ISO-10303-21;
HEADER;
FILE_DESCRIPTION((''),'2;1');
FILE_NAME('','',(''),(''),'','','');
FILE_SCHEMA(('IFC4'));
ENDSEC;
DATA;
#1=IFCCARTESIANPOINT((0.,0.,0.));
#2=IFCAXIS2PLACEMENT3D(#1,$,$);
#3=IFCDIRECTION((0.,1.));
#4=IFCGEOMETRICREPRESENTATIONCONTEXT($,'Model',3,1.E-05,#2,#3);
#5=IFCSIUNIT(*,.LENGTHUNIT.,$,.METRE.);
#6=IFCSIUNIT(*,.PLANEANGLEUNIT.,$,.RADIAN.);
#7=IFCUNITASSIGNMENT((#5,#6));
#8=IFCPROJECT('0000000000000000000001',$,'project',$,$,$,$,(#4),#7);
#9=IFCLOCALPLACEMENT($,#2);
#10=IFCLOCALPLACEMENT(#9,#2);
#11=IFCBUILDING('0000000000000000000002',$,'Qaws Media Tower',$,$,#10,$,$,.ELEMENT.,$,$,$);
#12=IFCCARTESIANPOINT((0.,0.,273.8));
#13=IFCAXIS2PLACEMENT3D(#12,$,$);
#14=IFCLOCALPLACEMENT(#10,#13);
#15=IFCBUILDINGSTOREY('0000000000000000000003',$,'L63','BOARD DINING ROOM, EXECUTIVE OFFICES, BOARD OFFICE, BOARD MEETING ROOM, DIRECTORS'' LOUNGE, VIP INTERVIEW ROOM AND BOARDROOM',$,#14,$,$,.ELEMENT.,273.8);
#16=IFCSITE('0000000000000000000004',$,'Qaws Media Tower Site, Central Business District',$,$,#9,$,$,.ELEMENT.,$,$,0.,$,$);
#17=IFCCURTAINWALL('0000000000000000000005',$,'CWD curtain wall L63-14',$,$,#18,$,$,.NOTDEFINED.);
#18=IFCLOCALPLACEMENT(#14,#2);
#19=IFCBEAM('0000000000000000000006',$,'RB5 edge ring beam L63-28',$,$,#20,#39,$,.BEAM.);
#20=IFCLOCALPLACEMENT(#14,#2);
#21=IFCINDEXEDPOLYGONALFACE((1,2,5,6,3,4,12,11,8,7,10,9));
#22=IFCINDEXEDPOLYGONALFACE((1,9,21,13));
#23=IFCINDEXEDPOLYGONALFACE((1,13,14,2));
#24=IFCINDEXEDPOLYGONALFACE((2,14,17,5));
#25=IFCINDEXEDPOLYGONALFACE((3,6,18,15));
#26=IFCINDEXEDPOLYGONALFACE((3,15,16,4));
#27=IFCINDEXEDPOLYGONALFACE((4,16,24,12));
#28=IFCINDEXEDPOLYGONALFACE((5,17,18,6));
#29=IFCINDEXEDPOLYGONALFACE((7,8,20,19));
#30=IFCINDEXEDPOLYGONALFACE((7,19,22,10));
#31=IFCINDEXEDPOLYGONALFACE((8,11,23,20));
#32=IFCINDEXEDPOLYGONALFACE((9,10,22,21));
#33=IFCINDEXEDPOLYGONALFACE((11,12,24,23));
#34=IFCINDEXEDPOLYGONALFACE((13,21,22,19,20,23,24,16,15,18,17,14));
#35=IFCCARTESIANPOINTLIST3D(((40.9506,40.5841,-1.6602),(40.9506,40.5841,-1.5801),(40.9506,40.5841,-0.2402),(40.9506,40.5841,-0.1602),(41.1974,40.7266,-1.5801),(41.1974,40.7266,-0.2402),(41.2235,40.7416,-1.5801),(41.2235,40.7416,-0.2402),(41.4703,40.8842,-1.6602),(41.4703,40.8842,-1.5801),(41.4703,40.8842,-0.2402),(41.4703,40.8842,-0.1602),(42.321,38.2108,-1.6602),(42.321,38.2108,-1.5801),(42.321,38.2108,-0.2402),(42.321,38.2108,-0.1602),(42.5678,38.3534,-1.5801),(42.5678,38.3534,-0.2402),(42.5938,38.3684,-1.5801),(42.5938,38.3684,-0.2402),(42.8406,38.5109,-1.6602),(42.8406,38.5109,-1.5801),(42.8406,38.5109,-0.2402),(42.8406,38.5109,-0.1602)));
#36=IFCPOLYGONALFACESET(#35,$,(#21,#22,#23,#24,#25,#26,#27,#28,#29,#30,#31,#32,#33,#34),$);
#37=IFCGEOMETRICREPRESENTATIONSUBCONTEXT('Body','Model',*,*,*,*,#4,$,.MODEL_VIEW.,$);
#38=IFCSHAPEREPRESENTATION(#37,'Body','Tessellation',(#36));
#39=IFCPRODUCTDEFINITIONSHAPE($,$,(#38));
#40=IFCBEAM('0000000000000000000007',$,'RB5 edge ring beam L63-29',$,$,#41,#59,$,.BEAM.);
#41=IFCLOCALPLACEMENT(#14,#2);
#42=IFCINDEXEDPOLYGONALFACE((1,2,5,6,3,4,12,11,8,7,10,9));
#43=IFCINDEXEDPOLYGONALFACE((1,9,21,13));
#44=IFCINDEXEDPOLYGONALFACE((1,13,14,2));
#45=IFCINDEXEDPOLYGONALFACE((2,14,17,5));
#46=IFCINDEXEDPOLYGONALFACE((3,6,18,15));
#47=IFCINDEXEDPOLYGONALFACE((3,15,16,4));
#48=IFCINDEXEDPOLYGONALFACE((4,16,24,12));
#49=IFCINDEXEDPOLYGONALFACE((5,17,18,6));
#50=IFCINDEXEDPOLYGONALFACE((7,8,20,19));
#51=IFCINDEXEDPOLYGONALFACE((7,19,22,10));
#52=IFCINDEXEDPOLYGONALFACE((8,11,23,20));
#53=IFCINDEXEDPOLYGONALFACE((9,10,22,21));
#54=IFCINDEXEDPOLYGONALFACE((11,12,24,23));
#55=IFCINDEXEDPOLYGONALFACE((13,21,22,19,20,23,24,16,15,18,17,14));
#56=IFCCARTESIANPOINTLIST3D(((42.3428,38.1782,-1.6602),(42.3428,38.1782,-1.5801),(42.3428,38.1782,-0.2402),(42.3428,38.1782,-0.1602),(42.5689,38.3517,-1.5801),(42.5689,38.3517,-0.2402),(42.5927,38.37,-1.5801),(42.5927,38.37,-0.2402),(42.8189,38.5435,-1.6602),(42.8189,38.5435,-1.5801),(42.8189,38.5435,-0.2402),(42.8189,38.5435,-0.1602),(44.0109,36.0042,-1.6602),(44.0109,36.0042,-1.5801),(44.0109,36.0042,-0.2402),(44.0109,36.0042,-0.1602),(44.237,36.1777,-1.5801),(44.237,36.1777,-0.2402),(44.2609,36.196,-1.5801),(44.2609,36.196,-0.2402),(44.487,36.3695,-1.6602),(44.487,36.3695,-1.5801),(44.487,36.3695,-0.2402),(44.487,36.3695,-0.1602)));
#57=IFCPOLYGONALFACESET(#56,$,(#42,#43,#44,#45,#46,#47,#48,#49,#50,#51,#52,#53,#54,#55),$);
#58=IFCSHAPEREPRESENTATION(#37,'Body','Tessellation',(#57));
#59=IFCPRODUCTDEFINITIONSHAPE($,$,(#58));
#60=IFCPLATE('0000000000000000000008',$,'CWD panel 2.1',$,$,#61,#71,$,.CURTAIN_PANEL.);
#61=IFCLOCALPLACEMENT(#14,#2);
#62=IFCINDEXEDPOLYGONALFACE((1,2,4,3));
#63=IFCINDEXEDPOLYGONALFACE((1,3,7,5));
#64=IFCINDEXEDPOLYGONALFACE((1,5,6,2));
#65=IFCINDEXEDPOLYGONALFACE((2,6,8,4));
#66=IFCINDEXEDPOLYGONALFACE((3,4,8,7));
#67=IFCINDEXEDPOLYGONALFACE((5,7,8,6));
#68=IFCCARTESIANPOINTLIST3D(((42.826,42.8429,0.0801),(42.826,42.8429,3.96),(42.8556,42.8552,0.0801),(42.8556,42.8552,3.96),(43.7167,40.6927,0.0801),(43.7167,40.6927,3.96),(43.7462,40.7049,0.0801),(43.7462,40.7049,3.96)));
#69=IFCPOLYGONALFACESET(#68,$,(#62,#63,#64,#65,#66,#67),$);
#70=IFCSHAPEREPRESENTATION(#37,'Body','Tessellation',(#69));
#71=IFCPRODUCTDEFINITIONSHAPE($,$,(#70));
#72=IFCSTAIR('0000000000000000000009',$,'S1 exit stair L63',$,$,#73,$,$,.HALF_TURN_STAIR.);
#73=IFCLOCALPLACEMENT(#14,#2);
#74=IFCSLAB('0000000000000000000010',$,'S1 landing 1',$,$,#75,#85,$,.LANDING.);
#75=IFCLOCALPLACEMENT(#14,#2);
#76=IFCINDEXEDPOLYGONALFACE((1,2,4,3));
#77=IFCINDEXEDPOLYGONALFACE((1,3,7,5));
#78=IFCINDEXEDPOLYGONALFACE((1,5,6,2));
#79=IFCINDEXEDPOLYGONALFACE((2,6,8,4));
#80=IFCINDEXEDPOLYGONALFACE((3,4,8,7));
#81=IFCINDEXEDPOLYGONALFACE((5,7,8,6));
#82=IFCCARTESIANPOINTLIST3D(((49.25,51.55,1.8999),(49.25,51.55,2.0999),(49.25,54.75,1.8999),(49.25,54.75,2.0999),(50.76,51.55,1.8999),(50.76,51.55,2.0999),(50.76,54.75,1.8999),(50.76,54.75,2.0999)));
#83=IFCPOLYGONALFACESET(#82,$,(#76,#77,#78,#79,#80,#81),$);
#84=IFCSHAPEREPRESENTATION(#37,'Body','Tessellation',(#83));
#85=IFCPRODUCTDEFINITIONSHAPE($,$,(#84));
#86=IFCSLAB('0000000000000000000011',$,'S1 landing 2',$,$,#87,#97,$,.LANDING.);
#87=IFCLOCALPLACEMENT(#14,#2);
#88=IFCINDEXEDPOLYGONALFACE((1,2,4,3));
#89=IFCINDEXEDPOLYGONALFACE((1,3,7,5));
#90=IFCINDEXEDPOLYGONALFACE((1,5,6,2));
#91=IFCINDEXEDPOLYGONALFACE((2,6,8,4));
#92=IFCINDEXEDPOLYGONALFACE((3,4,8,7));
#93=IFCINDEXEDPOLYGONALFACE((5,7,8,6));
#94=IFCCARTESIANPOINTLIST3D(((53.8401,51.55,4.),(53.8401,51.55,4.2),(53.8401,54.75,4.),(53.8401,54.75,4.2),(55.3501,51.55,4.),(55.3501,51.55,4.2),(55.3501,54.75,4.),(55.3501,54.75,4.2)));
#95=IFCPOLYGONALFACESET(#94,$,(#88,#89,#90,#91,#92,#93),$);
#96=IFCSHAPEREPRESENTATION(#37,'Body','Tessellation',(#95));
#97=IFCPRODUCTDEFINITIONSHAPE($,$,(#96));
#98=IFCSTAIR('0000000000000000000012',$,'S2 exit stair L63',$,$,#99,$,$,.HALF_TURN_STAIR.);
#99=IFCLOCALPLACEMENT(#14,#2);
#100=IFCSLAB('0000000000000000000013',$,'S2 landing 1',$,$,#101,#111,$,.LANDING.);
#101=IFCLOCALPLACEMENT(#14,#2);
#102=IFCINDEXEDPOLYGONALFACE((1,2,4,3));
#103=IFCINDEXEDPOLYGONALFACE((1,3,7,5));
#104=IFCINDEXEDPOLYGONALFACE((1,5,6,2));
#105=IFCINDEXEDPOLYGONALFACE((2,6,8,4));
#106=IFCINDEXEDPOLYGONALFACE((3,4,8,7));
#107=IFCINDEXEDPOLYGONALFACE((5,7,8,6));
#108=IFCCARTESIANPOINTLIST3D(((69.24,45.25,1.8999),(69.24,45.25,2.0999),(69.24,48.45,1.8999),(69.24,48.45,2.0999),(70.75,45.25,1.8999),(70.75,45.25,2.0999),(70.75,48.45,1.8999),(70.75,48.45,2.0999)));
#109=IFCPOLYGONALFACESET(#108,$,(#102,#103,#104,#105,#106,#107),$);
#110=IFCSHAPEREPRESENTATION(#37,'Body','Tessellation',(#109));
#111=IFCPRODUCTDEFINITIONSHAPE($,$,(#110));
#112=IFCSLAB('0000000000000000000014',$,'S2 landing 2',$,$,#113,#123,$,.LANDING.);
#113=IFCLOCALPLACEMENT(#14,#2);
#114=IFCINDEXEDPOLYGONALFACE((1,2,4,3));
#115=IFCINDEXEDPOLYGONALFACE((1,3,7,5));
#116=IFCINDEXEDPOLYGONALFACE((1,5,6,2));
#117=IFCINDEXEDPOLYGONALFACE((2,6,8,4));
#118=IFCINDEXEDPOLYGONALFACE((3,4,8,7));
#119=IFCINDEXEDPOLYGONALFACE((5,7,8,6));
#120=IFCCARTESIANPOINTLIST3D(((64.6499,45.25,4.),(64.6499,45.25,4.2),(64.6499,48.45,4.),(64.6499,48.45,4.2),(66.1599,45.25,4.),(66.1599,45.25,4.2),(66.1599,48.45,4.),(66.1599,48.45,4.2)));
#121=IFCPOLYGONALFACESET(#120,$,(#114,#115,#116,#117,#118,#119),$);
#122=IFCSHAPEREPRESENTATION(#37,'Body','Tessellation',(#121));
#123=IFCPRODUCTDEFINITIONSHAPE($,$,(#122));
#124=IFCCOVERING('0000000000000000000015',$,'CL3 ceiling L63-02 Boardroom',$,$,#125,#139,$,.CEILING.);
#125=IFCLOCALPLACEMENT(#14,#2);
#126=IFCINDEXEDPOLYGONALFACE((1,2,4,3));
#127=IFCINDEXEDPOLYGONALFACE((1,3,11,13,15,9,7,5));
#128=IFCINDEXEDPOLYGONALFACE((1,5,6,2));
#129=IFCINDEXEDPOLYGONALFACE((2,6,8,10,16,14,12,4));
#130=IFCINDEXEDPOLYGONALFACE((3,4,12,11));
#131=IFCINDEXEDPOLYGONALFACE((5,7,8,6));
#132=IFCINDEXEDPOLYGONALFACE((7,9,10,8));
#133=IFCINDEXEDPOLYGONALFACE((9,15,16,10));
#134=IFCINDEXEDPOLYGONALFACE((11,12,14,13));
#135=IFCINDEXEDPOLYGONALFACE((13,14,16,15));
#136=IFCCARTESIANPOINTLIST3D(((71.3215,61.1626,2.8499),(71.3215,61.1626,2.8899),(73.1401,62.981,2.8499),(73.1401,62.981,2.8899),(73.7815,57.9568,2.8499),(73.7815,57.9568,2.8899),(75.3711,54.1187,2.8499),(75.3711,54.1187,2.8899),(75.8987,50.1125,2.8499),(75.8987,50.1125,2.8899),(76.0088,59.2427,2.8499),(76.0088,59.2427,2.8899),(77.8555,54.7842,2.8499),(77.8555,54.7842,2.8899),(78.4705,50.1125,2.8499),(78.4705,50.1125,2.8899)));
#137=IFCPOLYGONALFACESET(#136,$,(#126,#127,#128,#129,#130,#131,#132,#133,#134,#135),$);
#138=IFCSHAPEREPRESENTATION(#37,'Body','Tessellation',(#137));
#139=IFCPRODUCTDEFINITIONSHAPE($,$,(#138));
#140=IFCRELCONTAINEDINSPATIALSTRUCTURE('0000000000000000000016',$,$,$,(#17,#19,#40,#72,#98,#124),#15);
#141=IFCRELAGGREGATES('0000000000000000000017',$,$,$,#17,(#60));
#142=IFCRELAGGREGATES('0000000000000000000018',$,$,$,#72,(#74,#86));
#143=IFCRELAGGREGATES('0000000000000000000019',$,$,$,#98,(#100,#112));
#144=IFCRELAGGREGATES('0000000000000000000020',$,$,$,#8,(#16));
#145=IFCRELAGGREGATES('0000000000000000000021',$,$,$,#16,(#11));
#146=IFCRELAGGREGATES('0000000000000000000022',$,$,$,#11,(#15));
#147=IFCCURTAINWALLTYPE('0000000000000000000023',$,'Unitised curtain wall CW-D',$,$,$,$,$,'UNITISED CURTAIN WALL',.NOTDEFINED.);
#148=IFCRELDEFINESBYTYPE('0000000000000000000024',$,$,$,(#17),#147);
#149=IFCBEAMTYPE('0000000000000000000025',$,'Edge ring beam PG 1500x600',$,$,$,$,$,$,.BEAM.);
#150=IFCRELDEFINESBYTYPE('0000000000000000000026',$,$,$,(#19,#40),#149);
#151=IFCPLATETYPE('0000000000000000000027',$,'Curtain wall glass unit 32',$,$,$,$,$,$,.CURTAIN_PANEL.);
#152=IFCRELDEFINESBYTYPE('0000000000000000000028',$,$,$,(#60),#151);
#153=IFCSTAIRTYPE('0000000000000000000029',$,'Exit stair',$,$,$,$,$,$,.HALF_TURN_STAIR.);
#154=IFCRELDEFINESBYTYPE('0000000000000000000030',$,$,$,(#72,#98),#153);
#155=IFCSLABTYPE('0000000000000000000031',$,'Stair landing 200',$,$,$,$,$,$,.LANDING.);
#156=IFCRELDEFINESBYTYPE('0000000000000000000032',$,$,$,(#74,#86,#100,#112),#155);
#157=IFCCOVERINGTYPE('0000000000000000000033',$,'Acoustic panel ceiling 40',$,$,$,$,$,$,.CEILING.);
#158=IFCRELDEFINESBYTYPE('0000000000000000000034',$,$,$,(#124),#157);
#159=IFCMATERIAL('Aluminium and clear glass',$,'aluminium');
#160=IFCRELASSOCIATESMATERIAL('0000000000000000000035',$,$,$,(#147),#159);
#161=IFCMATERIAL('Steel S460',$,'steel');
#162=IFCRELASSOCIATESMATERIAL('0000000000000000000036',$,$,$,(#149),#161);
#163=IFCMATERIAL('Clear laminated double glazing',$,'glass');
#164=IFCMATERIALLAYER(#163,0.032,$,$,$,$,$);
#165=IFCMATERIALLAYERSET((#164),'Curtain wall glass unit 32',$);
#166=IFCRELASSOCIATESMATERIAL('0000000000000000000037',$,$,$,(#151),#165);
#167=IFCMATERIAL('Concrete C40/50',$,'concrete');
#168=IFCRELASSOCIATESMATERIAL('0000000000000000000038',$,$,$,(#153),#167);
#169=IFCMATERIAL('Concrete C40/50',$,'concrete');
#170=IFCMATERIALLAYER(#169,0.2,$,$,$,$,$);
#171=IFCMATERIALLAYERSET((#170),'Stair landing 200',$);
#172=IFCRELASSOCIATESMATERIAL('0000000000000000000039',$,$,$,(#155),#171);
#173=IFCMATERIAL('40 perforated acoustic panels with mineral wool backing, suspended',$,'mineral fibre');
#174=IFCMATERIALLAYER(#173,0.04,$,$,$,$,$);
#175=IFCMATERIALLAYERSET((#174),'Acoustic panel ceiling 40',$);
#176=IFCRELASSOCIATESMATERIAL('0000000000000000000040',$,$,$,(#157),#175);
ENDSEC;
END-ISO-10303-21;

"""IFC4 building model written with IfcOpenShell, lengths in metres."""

from ifc_helpers import new_model, si_unit, direction, frame, origin, origin_2d, place, context, subcontext, project, spatial, polyline, rectangle, i_section, outline, extrude, material, layer, layer_set, material_profile, profile_set, type_object, element, aggregate, save


model = new_model("IFC4")

# Units and contexts
model_context = context("Model", 3, precision=1e-05, world=origin(), true_north=direction((0.0, 1.0)))
body_context = subcontext(model_context, "Body", "Model", "MODEL_VIEW")
ifc_project = project(units=[si_unit("LENGTHUNIT", "METRE"), si_unit("PLANEANGLEUNIT", "RADIAN")], contexts=[model_context])

# Site, building, storey
site_placement = place(None, origin())
site = spatial("IfcSite", under=ifc_project, at=site_placement, Name="Qaws Media Tower Site, Central Business District", CompositionType="ELEMENT", RefElevation=0.0)
building_placement = place(site_placement, origin())
building = spatial("IfcBuilding", under=site, at=building_placement, Name="Qaws Media Tower", CompositionType="ELEMENT")
storey_placement = place(building_placement, frame((0.0, 0.0, 273.8)))
storey = spatial("IfcBuildingStorey", under=building, at=storey_placement, Name="L63", Description="BOARD DINING ROOM, EXECUTIVE OFFICES, BOARD OFFICE, BOARD MEETING ROOM, DIRECTORS' LOUNGE, VIP INTERVIEW ROOM AND BOARDROOM", CompositionType="ELEMENT", Elevation=273.8)

# Curtain wall
ifc_material_1 = material(Name="Aluminium and clear glass", Category="aluminium")
curtain_wall_type = type_object("IfcCurtainWallType", Name="Unitised curtain wall CW-D", ElementType="UNITISED CURTAIN WALL", PredefinedType="NOTDEFINED", material=ifc_material_1)
curtain_wall_placement = place(storey_placement, origin())
curtain_wall = element("IfcCurtainWall", 1, at=curtain_wall_placement, inside=storey, type_object=curtain_wall_type, Name="CWD curtain wall L63-14", PredefinedType="NOTDEFINED")

# Beams
ifc_material_2 = material(Name="Steel S460", Category="steel")
ifc_material_profile_1 = material_profile(ifc_material_2, i_section(OverallWidth=0.6001, OverallDepth=1.5, WebThickness=0.03, FlangeThickness=0.0801, at=origin_2d()), Name="PG 1500x600")
ifc_profile_set_1 = profile_set([ifc_material_profile_1], Name="Steel S460")
beam_type = type_object("IfcBeamType", Name="Edge ring beam PG 1500x600", PredefinedType="BEAM", material=ifc_profile_set_1)
beam_1_placement = place(storey_placement, frame((41.2104, 40.7341, -0.9102), z_axis=(0.500039, -0.866003, 0.0), x_axis=(0.866003, 0.500039, 0.0)))
element("IfcBeam", 2, at=beam_1_placement, inside=storey, type_object=beam_type, Name="RB5 edge ring beam L63-28", PredefinedType="BEAM", context=body_context, shape_type="SweptSolid", body=[
    extrude(i_section(OverallWidth=0.6001, OverallDepth=1.5, WebThickness=0.03, FlangeThickness=0.0801, at=origin_2d()), origin(), (0.0, 0.0, 1.0), 2.7405),
])
beam_2_placement = place(storey_placement, frame((42.5808, 38.3608, -0.9102), z_axis=(0.608759, -0.793355, 0.0), x_axis=(0.793355, 0.608759, 0.0)))
element("IfcBeam", 3, at=beam_2_placement, inside=storey, type_object=beam_type, Name="RB5 edge ring beam L63-29", PredefinedType="BEAM", context=body_context, shape_type="SweptSolid", body=[
    extrude(i_section(OverallWidth=0.6001, OverallDepth=1.5, WebThickness=0.03, FlangeThickness=0.0801, at=origin_2d()), origin(), (0.0, 0.0, 1.0), 2.7402),
])

# Plate
ifc_material_3 = material(Name="Clear laminated double glazing", Category="glass")
ifc_layer_1 = layer(ifc_material_3, 0.032)
ifc_layer_set_1 = layer_set([ifc_layer_1], Name="Curtain wall glass unit 32")
plate_type = type_object("IfcPlateType", Name="Curtain wall glass unit 32", PredefinedType="CURTAIN_PANEL", material=ifc_layer_set_1)
plate_placement = place(storey_placement, frame((43.2861, 41.7739, 0.0801), z_axis=(0.0, 0.0, 1.0), x_axis=(0.382683, -0.92388, 0.0)))
plate = element("IfcPlate", 4, at=plate_placement, type_object=plate_type, Name="CWD panel 2.1", PredefinedType="CURTAIN_PANEL", context=body_context, shape_type="SweptSolid", body=[
    extrude(rectangle(XDim=2.3274, YDim=0.032, at=origin_2d()), origin(), (0.0, 0.0, 1.0), 3.8799),
])
aggregate(curtain_wall, [plate])

# Stairs, slabs
ifc_material_4 = material(Name="Concrete C40/50", Category="concrete")
stair_type = type_object("IfcStairType", Name="Exit stair", PredefinedType="HALF_TURN_STAIR", material=ifc_material_4)
stair_1_placement = place(storey_placement, origin())
stair_1 = element("IfcStair", 5, at=stair_1_placement, inside=storey, type_object=stair_type, Name="S1 exit stair L63", PredefinedType="HALF_TURN_STAIR")
ifc_material_5 = material(Name="Concrete C40/50", Category="concrete")
ifc_layer_2 = layer(ifc_material_5, 0.2)
ifc_layer_set_2 = layer_set([ifc_layer_2], Name="Stair landing 200")
slab_type = type_object("IfcSlabType", Name="Stair landing 200", PredefinedType="LANDING", material=ifc_layer_set_2)
slab_1_placement = place(storey_placement, frame((0.0, 0.0, 1.8999)))
slab_1 = element("IfcSlab", 6, at=slab_1_placement, type_object=slab_type, Name="S1 landing 1", PredefinedType="LANDING", context=body_context, shape_type="SweptSolid", body=[
    extrude(outline(polyline([(49.25, 51.55), (50.76, 51.55), (50.76, 54.75), (49.25, 54.75), (49.25, 51.55)])), origin(), (0.0, 0.0, 1.0), 0.2),
])
slab_2_placement = place(storey_placement, frame((0.0, 0.0, 4.0)))
slab_2 = element("IfcSlab", 7, at=slab_2_placement, type_object=slab_type, Name="S1 landing 2", PredefinedType="LANDING", context=body_context, shape_type="SweptSolid", body=[
    extrude(outline(polyline([(53.8401, 51.55), (55.3501, 51.55), (55.3501, 54.75), (53.8401, 54.75), (53.8401, 51.55)])), origin(), (0.0, 0.0, 1.0), 0.2),
])
aggregate(stair_1, [slab_1, slab_2])
stair_2_placement = place(storey_placement, origin())
stair_2 = element("IfcStair", 8, at=stair_2_placement, inside=storey, type_object=stair_type, Name="S2 exit stair L63", PredefinedType="HALF_TURN_STAIR")
slab_3_placement = place(storey_placement, frame((0.0, 0.0, 1.8999)))
slab_3 = element("IfcSlab", 9, at=slab_3_placement, type_object=slab_type, Name="S2 landing 1", PredefinedType="LANDING", context=body_context, shape_type="SweptSolid", body=[
    extrude(outline(polyline([(69.24, 45.25), (70.75, 45.25), (70.75, 48.45), (69.24, 48.45), (69.24, 45.25)])), origin(), (0.0, 0.0, 1.0), 0.2),
])
slab_4_placement = place(storey_placement, frame((0.0, 0.0, 4.0)))
slab_4 = element("IfcSlab", 10, at=slab_4_placement, type_object=slab_type, Name="S2 landing 2", PredefinedType="LANDING", context=body_context, shape_type="SweptSolid", body=[
    extrude(outline(polyline([(64.6499, 45.25), (66.1599, 45.25), (66.1599, 48.45), (64.6499, 48.45), (64.6499, 45.25)])), origin(), (0.0, 0.0, 1.0), 0.2),
])
aggregate(stair_2, [slab_3, slab_4])

# Covering
ifc_material_6 = material(Name="40 perforated acoustic panels with mineral wool backing, suspended", Category="mineral fibre")
ifc_layer_3 = layer(ifc_material_6, 0.04)
ifc_layer_set_3 = layer_set([ifc_layer_3], Name="Acoustic panel ceiling 40")
covering_type_1 = type_object("IfcCoveringType", Name="Acoustic panel ceiling 40", PredefinedType="CEILING", material=ifc_layer_set_3)
covering_1_placement = place(storey_placement, frame((0.0, 0.0, 2.8499)))
element("IfcCovering", 11, at=covering_1_placement, inside=storey, type_object=covering_type_1, Name="CL3 ceiling L63-02 Boardroom", PredefinedType="CEILING", context=body_context, shape_type="SweptSolid", body=[
    extrude(outline(polyline([(76.0088, 59.2427), (77.8555, 54.7842), (78.4705, 50.1125), (75.8987, 50.1125), (75.3711, 54.1187), (73.7815, 57.9568), (71.3215, 61.1626), (73.1401, 62.981), (76.0088, 59.2427)])), origin(), (0.0, 0.0, 1.0), 0.04),
])

save(model, "model.ifc")
